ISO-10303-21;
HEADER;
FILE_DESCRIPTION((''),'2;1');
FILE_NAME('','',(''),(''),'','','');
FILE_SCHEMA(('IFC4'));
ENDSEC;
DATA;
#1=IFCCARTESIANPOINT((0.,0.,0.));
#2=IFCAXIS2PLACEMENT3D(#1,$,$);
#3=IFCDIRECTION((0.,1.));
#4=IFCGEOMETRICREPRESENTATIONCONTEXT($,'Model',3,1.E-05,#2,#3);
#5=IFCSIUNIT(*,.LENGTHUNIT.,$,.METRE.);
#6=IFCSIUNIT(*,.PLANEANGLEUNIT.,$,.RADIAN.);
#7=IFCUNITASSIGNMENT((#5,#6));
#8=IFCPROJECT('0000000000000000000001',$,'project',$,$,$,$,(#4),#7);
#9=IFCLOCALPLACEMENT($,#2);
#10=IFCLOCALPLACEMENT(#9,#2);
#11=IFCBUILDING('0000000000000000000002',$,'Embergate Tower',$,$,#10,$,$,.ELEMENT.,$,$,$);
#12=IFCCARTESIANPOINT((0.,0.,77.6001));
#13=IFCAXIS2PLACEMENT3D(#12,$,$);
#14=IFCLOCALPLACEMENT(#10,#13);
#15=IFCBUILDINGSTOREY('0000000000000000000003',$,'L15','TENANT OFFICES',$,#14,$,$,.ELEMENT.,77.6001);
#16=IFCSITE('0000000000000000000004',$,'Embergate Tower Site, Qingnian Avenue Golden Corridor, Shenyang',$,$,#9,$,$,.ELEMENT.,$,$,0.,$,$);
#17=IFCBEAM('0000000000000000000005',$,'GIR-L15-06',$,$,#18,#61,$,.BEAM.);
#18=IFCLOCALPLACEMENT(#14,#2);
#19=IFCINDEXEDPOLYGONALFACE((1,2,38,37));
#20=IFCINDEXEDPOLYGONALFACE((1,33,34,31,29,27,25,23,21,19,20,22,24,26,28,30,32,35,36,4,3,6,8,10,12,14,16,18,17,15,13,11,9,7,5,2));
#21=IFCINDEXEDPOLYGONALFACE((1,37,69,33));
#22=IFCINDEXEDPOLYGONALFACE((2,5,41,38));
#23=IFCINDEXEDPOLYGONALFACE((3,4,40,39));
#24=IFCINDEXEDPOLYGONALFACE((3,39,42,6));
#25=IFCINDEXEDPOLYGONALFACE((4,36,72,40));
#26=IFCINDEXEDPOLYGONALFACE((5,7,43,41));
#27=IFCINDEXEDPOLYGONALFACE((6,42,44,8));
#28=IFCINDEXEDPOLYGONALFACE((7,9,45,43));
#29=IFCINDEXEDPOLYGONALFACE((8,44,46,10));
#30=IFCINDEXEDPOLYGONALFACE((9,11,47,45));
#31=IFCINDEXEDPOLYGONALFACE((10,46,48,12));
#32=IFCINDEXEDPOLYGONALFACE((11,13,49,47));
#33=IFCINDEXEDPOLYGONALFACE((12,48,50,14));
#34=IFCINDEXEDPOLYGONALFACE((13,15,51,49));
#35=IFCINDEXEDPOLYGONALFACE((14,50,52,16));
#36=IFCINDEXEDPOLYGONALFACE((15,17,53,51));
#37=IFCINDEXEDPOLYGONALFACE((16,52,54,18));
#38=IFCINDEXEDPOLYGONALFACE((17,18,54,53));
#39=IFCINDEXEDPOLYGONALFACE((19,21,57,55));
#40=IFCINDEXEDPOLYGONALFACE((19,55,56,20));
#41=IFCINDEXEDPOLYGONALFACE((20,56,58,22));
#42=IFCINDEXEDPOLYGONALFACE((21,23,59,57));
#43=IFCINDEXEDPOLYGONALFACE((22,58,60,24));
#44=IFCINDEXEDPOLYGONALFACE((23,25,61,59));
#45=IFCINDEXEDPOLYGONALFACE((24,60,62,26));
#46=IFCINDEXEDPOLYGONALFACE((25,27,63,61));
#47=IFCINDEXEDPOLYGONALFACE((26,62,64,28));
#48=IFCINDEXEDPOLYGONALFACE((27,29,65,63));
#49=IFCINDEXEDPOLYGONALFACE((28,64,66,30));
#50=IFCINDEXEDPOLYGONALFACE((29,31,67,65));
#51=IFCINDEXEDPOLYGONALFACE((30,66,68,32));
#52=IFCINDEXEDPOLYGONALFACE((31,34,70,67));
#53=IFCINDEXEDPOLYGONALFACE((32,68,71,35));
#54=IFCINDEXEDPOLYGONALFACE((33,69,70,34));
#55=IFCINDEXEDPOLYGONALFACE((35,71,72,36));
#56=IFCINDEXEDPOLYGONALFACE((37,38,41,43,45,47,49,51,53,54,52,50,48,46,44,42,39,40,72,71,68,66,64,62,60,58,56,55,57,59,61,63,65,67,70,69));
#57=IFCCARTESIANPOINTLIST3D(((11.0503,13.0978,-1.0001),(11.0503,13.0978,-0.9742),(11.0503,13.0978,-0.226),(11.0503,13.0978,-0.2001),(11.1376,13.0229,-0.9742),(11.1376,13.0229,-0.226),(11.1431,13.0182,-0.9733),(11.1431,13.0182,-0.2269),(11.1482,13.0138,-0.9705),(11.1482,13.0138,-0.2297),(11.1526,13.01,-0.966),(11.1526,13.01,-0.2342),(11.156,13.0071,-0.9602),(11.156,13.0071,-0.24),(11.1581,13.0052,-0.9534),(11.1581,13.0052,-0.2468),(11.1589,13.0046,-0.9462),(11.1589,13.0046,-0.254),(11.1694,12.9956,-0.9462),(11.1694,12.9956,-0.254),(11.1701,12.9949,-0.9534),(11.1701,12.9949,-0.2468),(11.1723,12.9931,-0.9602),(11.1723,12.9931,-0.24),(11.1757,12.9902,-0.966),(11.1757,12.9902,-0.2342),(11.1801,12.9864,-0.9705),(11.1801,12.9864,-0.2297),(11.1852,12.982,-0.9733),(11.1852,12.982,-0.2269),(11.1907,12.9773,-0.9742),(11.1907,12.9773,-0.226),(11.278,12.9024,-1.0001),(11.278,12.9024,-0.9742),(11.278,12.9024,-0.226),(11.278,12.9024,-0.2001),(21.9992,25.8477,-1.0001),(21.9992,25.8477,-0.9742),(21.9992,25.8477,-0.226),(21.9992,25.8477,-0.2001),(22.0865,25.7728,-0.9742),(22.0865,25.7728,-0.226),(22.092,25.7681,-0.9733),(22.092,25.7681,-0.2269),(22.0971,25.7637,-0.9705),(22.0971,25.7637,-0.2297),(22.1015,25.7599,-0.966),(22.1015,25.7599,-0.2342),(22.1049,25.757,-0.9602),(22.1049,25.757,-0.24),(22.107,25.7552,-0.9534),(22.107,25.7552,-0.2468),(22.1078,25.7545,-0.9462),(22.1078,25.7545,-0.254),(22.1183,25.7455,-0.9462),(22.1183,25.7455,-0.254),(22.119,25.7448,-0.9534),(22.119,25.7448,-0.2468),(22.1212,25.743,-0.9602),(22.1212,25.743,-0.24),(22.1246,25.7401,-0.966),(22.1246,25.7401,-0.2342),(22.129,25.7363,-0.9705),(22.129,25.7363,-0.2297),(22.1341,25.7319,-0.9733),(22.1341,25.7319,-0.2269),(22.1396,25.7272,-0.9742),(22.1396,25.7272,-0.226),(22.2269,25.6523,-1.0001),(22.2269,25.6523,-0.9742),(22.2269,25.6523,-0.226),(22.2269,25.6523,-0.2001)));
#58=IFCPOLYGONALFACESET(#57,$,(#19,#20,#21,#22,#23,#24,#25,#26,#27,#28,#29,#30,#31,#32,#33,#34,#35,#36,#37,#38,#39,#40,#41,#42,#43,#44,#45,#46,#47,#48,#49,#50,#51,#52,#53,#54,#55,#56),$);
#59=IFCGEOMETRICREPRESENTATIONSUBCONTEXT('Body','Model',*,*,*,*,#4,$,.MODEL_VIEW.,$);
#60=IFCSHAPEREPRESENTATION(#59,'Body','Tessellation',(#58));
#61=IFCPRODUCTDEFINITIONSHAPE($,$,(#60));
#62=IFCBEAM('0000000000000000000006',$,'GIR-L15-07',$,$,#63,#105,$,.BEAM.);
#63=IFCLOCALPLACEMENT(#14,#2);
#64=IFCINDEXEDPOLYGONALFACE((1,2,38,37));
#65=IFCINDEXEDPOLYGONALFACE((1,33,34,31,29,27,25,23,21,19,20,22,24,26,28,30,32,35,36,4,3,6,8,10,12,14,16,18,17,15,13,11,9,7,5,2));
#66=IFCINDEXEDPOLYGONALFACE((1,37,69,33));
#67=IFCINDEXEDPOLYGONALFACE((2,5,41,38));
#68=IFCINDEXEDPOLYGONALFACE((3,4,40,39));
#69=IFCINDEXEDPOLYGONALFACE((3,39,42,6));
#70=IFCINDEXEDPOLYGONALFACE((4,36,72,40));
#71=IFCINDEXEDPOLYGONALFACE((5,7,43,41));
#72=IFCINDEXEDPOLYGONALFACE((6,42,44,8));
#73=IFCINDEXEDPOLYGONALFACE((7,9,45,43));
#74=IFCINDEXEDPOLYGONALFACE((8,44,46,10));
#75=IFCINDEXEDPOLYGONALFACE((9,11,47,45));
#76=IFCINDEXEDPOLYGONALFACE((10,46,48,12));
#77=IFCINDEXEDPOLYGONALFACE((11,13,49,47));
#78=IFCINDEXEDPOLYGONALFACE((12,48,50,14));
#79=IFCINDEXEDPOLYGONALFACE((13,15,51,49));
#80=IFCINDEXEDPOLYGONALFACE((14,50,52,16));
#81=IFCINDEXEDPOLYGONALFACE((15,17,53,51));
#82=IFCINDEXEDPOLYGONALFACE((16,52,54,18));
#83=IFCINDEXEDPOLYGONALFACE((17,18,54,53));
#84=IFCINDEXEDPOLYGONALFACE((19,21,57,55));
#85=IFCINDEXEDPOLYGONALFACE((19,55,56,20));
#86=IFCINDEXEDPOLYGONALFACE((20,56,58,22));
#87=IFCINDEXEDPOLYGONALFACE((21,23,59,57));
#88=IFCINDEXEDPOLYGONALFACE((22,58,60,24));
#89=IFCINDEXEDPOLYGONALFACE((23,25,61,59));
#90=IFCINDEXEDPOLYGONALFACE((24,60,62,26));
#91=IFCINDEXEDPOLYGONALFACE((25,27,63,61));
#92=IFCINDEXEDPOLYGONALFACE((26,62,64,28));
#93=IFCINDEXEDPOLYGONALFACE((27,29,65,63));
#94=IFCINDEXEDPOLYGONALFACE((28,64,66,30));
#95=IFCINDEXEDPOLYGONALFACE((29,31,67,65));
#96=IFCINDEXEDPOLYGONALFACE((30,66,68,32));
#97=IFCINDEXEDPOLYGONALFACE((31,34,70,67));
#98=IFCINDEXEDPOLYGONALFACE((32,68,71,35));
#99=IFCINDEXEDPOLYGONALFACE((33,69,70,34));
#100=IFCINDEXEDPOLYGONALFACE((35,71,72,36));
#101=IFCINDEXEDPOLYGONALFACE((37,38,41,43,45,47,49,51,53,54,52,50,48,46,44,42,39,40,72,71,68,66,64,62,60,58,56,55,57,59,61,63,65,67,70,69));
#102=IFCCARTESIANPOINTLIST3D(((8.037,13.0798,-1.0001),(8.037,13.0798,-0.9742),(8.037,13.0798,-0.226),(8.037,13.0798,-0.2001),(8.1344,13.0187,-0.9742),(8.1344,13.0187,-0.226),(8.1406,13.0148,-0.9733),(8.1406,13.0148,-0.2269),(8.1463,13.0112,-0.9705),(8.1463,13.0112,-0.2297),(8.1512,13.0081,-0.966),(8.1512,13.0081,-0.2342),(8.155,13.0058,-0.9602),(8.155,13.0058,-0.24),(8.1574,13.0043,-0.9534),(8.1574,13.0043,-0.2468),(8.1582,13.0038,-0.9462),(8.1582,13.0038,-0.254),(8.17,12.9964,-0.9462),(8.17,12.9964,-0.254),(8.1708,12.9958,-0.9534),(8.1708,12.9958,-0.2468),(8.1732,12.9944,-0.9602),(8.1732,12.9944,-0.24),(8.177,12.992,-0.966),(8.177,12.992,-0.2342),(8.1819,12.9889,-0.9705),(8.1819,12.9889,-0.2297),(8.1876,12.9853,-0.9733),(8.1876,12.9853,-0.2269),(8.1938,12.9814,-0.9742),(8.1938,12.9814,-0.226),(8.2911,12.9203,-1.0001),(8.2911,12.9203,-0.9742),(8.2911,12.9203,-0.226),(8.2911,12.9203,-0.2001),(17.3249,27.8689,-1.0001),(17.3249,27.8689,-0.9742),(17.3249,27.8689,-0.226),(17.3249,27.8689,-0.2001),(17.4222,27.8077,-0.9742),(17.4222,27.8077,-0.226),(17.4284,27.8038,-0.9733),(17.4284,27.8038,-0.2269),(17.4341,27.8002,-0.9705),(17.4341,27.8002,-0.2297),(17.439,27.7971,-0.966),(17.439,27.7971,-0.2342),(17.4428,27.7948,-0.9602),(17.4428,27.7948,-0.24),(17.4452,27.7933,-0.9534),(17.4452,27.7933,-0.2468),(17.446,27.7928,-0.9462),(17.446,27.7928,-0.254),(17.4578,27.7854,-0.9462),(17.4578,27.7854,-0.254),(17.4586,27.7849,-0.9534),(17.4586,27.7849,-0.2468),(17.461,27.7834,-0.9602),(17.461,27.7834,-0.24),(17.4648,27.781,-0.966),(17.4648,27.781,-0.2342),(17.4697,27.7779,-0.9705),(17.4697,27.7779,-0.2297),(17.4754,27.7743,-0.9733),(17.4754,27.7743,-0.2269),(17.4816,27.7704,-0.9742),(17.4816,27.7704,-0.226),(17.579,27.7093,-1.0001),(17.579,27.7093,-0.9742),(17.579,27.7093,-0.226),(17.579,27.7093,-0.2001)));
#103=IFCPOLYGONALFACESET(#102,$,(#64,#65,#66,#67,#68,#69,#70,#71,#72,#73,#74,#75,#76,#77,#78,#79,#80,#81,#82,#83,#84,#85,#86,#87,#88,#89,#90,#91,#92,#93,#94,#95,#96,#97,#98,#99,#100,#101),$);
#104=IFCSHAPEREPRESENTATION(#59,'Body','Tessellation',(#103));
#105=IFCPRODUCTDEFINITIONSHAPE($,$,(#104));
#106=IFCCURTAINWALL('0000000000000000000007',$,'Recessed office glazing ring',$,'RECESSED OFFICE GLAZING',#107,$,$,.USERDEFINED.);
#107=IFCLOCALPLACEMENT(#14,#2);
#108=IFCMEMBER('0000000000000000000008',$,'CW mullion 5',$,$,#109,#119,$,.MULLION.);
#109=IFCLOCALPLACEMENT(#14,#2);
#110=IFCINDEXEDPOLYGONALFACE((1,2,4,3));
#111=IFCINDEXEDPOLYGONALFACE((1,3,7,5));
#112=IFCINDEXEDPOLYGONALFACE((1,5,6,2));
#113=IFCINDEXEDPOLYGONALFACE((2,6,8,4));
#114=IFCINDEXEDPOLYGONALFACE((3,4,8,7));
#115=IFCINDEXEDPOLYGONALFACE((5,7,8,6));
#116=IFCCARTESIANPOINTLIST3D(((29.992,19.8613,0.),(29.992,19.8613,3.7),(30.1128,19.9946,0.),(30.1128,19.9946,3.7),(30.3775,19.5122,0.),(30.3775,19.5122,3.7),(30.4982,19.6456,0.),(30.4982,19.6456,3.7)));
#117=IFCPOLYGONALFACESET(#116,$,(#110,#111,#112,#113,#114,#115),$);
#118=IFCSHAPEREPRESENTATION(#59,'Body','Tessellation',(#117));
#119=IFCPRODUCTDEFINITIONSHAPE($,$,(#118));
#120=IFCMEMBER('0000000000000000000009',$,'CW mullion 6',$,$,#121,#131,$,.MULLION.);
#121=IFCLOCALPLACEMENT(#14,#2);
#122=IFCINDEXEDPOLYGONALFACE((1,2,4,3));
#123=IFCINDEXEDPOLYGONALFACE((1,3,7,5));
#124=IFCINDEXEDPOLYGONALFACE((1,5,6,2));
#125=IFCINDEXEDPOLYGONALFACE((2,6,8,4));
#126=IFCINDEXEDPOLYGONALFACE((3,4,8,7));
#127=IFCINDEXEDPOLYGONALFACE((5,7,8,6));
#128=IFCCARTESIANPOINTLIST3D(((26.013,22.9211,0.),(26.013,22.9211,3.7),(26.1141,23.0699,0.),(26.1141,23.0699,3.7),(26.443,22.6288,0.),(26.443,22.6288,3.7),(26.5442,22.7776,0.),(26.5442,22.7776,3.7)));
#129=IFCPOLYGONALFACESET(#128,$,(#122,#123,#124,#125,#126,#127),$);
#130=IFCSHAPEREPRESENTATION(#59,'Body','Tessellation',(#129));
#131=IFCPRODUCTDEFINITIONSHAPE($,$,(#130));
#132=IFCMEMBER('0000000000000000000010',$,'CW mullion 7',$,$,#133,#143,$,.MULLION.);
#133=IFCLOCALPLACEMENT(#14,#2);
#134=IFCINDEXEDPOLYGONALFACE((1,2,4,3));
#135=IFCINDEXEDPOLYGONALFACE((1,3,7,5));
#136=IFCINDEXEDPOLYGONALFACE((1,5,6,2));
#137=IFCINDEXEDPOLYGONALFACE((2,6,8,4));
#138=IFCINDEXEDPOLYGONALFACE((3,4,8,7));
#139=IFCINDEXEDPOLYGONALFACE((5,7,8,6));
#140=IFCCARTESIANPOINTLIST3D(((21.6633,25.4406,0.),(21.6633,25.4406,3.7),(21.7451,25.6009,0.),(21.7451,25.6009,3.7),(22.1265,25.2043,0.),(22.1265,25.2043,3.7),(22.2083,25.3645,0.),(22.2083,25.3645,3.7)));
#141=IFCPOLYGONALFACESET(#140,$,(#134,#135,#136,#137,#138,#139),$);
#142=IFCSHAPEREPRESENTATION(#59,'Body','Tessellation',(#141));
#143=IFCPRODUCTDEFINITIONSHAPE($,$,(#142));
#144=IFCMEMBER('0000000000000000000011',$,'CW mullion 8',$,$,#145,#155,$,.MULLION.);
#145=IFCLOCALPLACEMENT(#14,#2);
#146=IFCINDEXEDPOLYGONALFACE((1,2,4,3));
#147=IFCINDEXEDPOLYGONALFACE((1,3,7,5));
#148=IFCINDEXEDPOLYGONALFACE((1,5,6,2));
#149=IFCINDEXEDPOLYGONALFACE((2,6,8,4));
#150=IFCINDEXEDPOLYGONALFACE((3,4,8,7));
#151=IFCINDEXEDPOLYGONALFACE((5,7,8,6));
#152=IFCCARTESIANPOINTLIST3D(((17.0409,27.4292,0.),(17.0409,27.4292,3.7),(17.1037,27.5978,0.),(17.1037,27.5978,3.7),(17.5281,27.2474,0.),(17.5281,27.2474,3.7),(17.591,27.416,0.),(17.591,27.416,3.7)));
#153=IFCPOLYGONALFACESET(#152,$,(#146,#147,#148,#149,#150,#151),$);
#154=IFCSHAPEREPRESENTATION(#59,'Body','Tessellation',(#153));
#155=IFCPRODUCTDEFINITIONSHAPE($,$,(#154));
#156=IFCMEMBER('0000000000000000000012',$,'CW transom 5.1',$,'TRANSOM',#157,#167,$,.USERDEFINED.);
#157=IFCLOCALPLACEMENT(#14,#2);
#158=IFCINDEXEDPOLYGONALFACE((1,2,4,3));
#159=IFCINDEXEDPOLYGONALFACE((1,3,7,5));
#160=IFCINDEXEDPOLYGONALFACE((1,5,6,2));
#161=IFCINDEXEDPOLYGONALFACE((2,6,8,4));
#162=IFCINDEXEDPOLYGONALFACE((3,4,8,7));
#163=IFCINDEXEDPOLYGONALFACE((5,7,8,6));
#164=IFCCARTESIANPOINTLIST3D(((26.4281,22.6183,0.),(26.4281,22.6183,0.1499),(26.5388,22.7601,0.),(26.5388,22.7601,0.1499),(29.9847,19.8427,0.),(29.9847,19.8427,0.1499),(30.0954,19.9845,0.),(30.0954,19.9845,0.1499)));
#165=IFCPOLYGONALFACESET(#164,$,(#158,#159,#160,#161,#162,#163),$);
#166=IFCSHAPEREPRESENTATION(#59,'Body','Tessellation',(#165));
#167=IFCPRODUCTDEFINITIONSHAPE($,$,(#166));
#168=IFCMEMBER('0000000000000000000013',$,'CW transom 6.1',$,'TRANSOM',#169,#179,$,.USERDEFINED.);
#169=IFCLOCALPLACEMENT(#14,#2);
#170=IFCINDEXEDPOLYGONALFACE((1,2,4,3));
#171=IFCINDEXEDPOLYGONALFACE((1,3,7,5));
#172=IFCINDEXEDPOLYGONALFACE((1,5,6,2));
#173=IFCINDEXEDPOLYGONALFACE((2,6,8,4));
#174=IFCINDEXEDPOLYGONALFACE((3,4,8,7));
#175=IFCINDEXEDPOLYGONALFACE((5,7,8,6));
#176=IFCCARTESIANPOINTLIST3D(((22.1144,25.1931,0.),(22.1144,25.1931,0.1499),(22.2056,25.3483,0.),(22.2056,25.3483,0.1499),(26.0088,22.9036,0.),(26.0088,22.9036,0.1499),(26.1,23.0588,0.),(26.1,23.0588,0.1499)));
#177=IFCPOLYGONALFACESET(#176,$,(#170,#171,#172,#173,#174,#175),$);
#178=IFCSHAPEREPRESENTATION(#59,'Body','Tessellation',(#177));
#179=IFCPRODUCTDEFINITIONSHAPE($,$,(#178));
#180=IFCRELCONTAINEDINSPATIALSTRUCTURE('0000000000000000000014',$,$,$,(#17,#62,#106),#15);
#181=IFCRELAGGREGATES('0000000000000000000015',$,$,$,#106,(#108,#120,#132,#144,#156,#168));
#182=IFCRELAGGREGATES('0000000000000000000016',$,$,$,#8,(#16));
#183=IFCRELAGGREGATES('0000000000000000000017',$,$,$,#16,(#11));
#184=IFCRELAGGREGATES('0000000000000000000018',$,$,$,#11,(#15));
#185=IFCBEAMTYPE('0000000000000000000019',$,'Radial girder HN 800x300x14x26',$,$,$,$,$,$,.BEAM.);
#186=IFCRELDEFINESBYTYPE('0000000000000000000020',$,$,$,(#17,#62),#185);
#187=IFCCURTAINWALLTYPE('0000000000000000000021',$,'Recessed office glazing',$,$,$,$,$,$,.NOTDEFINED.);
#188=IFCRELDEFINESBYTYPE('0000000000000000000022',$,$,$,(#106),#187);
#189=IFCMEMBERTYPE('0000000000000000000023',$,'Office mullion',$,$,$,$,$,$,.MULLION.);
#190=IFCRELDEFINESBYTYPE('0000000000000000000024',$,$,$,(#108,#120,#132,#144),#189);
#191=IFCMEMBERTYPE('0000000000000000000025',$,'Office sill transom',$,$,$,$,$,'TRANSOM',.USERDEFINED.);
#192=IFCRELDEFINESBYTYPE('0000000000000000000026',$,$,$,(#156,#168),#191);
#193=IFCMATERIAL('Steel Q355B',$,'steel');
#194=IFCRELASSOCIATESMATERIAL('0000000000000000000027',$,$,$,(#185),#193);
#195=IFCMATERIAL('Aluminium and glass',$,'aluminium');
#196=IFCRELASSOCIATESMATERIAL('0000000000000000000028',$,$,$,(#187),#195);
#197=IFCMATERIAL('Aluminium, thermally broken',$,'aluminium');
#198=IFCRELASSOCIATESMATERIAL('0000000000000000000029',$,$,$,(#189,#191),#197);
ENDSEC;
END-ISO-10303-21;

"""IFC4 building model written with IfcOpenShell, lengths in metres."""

from ifc_helpers import new_model, si_unit, direction, frame, origin, origin_2d, place, context, subcontext, project, spatial, rectangle, i_section, extrude, source, transform, mapped, material, material_profile, profile_set, type_object, element, aggregate, save


model = new_model("IFC4")

# Units and contexts
model_context = context("Model", 3, precision=1e-05, world=origin(), true_north=direction((0.0, 1.0)))
body_context = subcontext(model_context, "Body", "Model", "MODEL_VIEW")
ifc_project = project(units=[si_unit("LENGTHUNIT", "METRE"), si_unit("PLANEANGLEUNIT", "RADIAN")], contexts=[model_context])

# Site, building, storey
site_placement = place(None, origin())
site = spatial("IfcSite", under=ifc_project, at=site_placement, Name="Embergate Tower Site, Qingnian Avenue Golden Corridor, Shenyang", CompositionType="ELEMENT", RefElevation=0.0)
building_placement = place(site_placement, origin())
building = spatial("IfcBuilding", under=site, at=building_placement, Name="Embergate Tower", CompositionType="ELEMENT")
storey_placement = place(building_placement, frame((0.0, 0.0, 77.6001)))
storey = spatial("IfcBuildingStorey", under=building, at=storey_placement, Name="L15", Description="TENANT OFFICES", CompositionType="ELEMENT", Elevation=77.6001)

# Beams
ifc_material_1 = material(Name="Steel Q355B", Category="steel")
ifc_material_profile_1 = material_profile(ifc_material_1, i_section(OverallWidth=0.3, OverallDepth=0.8, WebThickness=0.0139, FlangeThickness=0.0259, FilletRadius=0.0281, at=origin_2d()), Name="HN 800x300x14x26")
ifc_profile_set_1 = profile_set([ifc_material_profile_1], Name="Steel Q355 grade B")
beam_type_1 = type_object("IfcBeamType", Name="Radial girder HN 800x300x14x26", PredefinedType="BEAM", material=ifc_profile_set_1)
shared_shape_1 = source(origin(), body_context, "Body", "SweptSolid", [
    extrude(i_section(OverallWidth=0.3, OverallDepth=0.8, WebThickness=0.0139, FlangeThickness=0.0259, FilletRadius=0.0281, at=origin_2d()), origin(), (0.0, 0.0, 1.0), 16.8059),
])
beam_1_placement = place(storey_placement, frame((22.113, 25.75, -0.6001), z_axis=(-0.651491, -0.758656, 0.0), x_axis=(0.758656, -0.651491, 0.0)))
element("IfcBeam", 1, at=beam_1_placement, inside=storey, type_object=beam_type_1, Name="GIR-L15-06", PredefinedType="BEAM", context=body_context, shape_type="MappedRepresentation", body=[
    mapped(shared_shape_1, transform((0.0, 0.0, 0.0))),
])
shared_shape_2 = source(origin(), body_context, "Body", "SweptSolid", [
    extrude(i_section(OverallWidth=0.3, OverallDepth=0.8, WebThickness=0.0139, FlangeThickness=0.0259, FilletRadius=0.0281, at=origin_2d()), origin(), (0.0, 0.0, 1.0), 17.4636),
])
beam_2_placement = place(storey_placement, frame((17.4519, 27.7891, -0.6001), z_axis=(-0.531837, -0.846847, 0.0), x_axis=(0.846847, -0.531837, 0.0)))
element("IfcBeam", 2, at=beam_2_placement, inside=storey, type_object=beam_type_1, Name="GIR-L15-07", PredefinedType="BEAM", context=body_context, shape_type="MappedRepresentation", body=[
    mapped(shared_shape_2, transform((0.0, 0.0, 0.0))),
])

# Curtain wall, members
ifc_material_2 = material(Name="Aluminium and glass", Category="aluminium")
curtain_wall_type = type_object("IfcCurtainWallType", Name="Recessed office glazing", PredefinedType="NOTDEFINED", material=ifc_material_2)
curtain_wall_placement = place(storey_placement, origin())
curtain_wall = element("IfcCurtainWall", 3, at=curtain_wall_placement, inside=storey, type_object=curtain_wall_type, Name="Recessed office glazing ring", ObjectType="RECESSED OFFICE GLAZING", PredefinedType="USERDEFINED")
ifc_material_3 = material(Name="Aluminium, thermally broken", Category="aluminium")
ifc_material_profile_2 = material_profile(ifc_material_3, rectangle(XDim=0.1799, YDim=0.52, at=origin_2d()), Name="AL 520x180")
ifc_profile_set_2 = profile_set([ifc_material_profile_2], Name="Aluminium, thermally broken")
member_type_1 = type_object("IfcMemberType", Name="Office mullion", PredefinedType="MULLION", material=ifc_profile_set_2)
shared_shape_3 = source(origin(), body_context, "Body", "SweptSolid", [
    extrude(rectangle(XDim=0.1799, YDim=0.52, at=origin_2d()), origin(), (0.0, 0.0, 1.0), 3.7),
])
member_1_placement = place(storey_placement, frame((30.2451, 19.7534, 0.0), z_axis=(0.0, 0.0, 1.0), x_axis=(-0.671234, -0.741245, 0.0)))
member_1 = element("IfcMember", 4, at=member_1_placement, type_object=member_type_1, Name="CW mullion 5", PredefinedType="MULLION", context=body_context, shape_type="MappedRepresentation", body=[
    mapped(shared_shape_3, transform((0.0, 0.0, 0.0))),
])
member_2_placement = place(storey_placement, frame((26.2786, 22.8494, 0.0), z_axis=(0.0, 0.0, 1.0), x_axis=(-0.562223, -0.826985, 0.0)))
member_2 = element("IfcMember", 5, at=member_2_placement, type_object=member_type_1, Name="CW mullion 6", PredefinedType="MULLION", context=body_context, shape_type="MappedRepresentation", body=[
    mapped(shared_shape_3, transform((0.0, 0.0, 0.0))),
])
member_3_placement = place(storey_placement, frame((21.9358, 25.4026, 0.0), z_axis=(0.0, 0.0, 1.0), x_axis=(-0.454516, -0.890739, 0.0)))
member_3 = element("IfcMember", 6, at=member_3_placement, type_object=member_type_1, Name="CW mullion 7", PredefinedType="MULLION", context=body_context, shape_type="MappedRepresentation", body=[
    mapped(shared_shape_3, transform((0.0, 0.0, 0.0))),
])
member_4_placement = place(storey_placement, frame((17.3159, 27.4226, 0.0), z_axis=(0.0, 0.0, 1.0), x_axis=(-0.349508, -0.936934, 0.0)))
member_4 = element("IfcMember", 7, at=member_4_placement, type_object=member_type_1, Name="CW mullion 8", PredefinedType="MULLION", context=body_context, shape_type="MappedRepresentation", body=[
    mapped(shared_shape_3, transform((0.0, 0.0, 0.0))),
])
ifc_material_profile_3 = material_profile(ifc_material_3, rectangle(XDim=0.1799, YDim=0.1499, at=origin_2d()), Name="AL 150x180")
ifc_profile_set_3 = profile_set([ifc_material_profile_3], Name="Aluminium, thermally broken")
member_type_2 = type_object("IfcMemberType", Name="Office sill transom", ElementType="TRANSOM", PredefinedType="USERDEFINED", material=ifc_profile_set_3)
shared_shape_4 = source(origin(), body_context, "Body", "SweptSolid", [
    extrude(rectangle(XDim=0.1799, YDim=0.1499, at=origin_2d()), origin(), (0.0, 0.0, 1.0), 4.5115),
])
member_5_placement = place(storey_placement, frame((30.04, 19.9136, 0.075), z_axis=(-0.788346, 0.615232, 0.0), x_axis=(-0.615232, -0.788346, 0.0)))
member_5 = element("IfcMember", 8, at=member_5_placement, type_object=member_type_2, Name="CW transom 5.1", ObjectType="TRANSOM", PredefinedType="USERDEFINED", context=body_context, shape_type="MappedRepresentation", body=[
    mapped(shared_shape_4, transform((0.0, 0.0, 0.0))),
])
shared_shape_5 = source(origin(), body_context, "Body", "SweptSolid", [
    extrude(rectangle(XDim=0.1799, YDim=0.1499, at=origin_2d()), origin(), (0.0, 0.0, 1.0), 4.5176),
])
member_6_placement = place(storey_placement, frame((26.0544, 22.9812, 0.075), z_axis=(-0.862065, 0.506798, 0.0), x_axis=(-0.506798, -0.862065, 0.0)))
member_6 = element("IfcMember", 9, at=member_6_placement, type_object=member_type_2, Name="CW transom 6.1", ObjectType="TRANSOM", PredefinedType="USERDEFINED", context=body_context, shape_type="MappedRepresentation", body=[
    mapped(shared_shape_5, transform((0.0, 0.0, 0.0))),
])
aggregate(curtain_wall, [member_1, member_2, member_3, member_4, member_5, member_6])

save(model, "model.ifc")
